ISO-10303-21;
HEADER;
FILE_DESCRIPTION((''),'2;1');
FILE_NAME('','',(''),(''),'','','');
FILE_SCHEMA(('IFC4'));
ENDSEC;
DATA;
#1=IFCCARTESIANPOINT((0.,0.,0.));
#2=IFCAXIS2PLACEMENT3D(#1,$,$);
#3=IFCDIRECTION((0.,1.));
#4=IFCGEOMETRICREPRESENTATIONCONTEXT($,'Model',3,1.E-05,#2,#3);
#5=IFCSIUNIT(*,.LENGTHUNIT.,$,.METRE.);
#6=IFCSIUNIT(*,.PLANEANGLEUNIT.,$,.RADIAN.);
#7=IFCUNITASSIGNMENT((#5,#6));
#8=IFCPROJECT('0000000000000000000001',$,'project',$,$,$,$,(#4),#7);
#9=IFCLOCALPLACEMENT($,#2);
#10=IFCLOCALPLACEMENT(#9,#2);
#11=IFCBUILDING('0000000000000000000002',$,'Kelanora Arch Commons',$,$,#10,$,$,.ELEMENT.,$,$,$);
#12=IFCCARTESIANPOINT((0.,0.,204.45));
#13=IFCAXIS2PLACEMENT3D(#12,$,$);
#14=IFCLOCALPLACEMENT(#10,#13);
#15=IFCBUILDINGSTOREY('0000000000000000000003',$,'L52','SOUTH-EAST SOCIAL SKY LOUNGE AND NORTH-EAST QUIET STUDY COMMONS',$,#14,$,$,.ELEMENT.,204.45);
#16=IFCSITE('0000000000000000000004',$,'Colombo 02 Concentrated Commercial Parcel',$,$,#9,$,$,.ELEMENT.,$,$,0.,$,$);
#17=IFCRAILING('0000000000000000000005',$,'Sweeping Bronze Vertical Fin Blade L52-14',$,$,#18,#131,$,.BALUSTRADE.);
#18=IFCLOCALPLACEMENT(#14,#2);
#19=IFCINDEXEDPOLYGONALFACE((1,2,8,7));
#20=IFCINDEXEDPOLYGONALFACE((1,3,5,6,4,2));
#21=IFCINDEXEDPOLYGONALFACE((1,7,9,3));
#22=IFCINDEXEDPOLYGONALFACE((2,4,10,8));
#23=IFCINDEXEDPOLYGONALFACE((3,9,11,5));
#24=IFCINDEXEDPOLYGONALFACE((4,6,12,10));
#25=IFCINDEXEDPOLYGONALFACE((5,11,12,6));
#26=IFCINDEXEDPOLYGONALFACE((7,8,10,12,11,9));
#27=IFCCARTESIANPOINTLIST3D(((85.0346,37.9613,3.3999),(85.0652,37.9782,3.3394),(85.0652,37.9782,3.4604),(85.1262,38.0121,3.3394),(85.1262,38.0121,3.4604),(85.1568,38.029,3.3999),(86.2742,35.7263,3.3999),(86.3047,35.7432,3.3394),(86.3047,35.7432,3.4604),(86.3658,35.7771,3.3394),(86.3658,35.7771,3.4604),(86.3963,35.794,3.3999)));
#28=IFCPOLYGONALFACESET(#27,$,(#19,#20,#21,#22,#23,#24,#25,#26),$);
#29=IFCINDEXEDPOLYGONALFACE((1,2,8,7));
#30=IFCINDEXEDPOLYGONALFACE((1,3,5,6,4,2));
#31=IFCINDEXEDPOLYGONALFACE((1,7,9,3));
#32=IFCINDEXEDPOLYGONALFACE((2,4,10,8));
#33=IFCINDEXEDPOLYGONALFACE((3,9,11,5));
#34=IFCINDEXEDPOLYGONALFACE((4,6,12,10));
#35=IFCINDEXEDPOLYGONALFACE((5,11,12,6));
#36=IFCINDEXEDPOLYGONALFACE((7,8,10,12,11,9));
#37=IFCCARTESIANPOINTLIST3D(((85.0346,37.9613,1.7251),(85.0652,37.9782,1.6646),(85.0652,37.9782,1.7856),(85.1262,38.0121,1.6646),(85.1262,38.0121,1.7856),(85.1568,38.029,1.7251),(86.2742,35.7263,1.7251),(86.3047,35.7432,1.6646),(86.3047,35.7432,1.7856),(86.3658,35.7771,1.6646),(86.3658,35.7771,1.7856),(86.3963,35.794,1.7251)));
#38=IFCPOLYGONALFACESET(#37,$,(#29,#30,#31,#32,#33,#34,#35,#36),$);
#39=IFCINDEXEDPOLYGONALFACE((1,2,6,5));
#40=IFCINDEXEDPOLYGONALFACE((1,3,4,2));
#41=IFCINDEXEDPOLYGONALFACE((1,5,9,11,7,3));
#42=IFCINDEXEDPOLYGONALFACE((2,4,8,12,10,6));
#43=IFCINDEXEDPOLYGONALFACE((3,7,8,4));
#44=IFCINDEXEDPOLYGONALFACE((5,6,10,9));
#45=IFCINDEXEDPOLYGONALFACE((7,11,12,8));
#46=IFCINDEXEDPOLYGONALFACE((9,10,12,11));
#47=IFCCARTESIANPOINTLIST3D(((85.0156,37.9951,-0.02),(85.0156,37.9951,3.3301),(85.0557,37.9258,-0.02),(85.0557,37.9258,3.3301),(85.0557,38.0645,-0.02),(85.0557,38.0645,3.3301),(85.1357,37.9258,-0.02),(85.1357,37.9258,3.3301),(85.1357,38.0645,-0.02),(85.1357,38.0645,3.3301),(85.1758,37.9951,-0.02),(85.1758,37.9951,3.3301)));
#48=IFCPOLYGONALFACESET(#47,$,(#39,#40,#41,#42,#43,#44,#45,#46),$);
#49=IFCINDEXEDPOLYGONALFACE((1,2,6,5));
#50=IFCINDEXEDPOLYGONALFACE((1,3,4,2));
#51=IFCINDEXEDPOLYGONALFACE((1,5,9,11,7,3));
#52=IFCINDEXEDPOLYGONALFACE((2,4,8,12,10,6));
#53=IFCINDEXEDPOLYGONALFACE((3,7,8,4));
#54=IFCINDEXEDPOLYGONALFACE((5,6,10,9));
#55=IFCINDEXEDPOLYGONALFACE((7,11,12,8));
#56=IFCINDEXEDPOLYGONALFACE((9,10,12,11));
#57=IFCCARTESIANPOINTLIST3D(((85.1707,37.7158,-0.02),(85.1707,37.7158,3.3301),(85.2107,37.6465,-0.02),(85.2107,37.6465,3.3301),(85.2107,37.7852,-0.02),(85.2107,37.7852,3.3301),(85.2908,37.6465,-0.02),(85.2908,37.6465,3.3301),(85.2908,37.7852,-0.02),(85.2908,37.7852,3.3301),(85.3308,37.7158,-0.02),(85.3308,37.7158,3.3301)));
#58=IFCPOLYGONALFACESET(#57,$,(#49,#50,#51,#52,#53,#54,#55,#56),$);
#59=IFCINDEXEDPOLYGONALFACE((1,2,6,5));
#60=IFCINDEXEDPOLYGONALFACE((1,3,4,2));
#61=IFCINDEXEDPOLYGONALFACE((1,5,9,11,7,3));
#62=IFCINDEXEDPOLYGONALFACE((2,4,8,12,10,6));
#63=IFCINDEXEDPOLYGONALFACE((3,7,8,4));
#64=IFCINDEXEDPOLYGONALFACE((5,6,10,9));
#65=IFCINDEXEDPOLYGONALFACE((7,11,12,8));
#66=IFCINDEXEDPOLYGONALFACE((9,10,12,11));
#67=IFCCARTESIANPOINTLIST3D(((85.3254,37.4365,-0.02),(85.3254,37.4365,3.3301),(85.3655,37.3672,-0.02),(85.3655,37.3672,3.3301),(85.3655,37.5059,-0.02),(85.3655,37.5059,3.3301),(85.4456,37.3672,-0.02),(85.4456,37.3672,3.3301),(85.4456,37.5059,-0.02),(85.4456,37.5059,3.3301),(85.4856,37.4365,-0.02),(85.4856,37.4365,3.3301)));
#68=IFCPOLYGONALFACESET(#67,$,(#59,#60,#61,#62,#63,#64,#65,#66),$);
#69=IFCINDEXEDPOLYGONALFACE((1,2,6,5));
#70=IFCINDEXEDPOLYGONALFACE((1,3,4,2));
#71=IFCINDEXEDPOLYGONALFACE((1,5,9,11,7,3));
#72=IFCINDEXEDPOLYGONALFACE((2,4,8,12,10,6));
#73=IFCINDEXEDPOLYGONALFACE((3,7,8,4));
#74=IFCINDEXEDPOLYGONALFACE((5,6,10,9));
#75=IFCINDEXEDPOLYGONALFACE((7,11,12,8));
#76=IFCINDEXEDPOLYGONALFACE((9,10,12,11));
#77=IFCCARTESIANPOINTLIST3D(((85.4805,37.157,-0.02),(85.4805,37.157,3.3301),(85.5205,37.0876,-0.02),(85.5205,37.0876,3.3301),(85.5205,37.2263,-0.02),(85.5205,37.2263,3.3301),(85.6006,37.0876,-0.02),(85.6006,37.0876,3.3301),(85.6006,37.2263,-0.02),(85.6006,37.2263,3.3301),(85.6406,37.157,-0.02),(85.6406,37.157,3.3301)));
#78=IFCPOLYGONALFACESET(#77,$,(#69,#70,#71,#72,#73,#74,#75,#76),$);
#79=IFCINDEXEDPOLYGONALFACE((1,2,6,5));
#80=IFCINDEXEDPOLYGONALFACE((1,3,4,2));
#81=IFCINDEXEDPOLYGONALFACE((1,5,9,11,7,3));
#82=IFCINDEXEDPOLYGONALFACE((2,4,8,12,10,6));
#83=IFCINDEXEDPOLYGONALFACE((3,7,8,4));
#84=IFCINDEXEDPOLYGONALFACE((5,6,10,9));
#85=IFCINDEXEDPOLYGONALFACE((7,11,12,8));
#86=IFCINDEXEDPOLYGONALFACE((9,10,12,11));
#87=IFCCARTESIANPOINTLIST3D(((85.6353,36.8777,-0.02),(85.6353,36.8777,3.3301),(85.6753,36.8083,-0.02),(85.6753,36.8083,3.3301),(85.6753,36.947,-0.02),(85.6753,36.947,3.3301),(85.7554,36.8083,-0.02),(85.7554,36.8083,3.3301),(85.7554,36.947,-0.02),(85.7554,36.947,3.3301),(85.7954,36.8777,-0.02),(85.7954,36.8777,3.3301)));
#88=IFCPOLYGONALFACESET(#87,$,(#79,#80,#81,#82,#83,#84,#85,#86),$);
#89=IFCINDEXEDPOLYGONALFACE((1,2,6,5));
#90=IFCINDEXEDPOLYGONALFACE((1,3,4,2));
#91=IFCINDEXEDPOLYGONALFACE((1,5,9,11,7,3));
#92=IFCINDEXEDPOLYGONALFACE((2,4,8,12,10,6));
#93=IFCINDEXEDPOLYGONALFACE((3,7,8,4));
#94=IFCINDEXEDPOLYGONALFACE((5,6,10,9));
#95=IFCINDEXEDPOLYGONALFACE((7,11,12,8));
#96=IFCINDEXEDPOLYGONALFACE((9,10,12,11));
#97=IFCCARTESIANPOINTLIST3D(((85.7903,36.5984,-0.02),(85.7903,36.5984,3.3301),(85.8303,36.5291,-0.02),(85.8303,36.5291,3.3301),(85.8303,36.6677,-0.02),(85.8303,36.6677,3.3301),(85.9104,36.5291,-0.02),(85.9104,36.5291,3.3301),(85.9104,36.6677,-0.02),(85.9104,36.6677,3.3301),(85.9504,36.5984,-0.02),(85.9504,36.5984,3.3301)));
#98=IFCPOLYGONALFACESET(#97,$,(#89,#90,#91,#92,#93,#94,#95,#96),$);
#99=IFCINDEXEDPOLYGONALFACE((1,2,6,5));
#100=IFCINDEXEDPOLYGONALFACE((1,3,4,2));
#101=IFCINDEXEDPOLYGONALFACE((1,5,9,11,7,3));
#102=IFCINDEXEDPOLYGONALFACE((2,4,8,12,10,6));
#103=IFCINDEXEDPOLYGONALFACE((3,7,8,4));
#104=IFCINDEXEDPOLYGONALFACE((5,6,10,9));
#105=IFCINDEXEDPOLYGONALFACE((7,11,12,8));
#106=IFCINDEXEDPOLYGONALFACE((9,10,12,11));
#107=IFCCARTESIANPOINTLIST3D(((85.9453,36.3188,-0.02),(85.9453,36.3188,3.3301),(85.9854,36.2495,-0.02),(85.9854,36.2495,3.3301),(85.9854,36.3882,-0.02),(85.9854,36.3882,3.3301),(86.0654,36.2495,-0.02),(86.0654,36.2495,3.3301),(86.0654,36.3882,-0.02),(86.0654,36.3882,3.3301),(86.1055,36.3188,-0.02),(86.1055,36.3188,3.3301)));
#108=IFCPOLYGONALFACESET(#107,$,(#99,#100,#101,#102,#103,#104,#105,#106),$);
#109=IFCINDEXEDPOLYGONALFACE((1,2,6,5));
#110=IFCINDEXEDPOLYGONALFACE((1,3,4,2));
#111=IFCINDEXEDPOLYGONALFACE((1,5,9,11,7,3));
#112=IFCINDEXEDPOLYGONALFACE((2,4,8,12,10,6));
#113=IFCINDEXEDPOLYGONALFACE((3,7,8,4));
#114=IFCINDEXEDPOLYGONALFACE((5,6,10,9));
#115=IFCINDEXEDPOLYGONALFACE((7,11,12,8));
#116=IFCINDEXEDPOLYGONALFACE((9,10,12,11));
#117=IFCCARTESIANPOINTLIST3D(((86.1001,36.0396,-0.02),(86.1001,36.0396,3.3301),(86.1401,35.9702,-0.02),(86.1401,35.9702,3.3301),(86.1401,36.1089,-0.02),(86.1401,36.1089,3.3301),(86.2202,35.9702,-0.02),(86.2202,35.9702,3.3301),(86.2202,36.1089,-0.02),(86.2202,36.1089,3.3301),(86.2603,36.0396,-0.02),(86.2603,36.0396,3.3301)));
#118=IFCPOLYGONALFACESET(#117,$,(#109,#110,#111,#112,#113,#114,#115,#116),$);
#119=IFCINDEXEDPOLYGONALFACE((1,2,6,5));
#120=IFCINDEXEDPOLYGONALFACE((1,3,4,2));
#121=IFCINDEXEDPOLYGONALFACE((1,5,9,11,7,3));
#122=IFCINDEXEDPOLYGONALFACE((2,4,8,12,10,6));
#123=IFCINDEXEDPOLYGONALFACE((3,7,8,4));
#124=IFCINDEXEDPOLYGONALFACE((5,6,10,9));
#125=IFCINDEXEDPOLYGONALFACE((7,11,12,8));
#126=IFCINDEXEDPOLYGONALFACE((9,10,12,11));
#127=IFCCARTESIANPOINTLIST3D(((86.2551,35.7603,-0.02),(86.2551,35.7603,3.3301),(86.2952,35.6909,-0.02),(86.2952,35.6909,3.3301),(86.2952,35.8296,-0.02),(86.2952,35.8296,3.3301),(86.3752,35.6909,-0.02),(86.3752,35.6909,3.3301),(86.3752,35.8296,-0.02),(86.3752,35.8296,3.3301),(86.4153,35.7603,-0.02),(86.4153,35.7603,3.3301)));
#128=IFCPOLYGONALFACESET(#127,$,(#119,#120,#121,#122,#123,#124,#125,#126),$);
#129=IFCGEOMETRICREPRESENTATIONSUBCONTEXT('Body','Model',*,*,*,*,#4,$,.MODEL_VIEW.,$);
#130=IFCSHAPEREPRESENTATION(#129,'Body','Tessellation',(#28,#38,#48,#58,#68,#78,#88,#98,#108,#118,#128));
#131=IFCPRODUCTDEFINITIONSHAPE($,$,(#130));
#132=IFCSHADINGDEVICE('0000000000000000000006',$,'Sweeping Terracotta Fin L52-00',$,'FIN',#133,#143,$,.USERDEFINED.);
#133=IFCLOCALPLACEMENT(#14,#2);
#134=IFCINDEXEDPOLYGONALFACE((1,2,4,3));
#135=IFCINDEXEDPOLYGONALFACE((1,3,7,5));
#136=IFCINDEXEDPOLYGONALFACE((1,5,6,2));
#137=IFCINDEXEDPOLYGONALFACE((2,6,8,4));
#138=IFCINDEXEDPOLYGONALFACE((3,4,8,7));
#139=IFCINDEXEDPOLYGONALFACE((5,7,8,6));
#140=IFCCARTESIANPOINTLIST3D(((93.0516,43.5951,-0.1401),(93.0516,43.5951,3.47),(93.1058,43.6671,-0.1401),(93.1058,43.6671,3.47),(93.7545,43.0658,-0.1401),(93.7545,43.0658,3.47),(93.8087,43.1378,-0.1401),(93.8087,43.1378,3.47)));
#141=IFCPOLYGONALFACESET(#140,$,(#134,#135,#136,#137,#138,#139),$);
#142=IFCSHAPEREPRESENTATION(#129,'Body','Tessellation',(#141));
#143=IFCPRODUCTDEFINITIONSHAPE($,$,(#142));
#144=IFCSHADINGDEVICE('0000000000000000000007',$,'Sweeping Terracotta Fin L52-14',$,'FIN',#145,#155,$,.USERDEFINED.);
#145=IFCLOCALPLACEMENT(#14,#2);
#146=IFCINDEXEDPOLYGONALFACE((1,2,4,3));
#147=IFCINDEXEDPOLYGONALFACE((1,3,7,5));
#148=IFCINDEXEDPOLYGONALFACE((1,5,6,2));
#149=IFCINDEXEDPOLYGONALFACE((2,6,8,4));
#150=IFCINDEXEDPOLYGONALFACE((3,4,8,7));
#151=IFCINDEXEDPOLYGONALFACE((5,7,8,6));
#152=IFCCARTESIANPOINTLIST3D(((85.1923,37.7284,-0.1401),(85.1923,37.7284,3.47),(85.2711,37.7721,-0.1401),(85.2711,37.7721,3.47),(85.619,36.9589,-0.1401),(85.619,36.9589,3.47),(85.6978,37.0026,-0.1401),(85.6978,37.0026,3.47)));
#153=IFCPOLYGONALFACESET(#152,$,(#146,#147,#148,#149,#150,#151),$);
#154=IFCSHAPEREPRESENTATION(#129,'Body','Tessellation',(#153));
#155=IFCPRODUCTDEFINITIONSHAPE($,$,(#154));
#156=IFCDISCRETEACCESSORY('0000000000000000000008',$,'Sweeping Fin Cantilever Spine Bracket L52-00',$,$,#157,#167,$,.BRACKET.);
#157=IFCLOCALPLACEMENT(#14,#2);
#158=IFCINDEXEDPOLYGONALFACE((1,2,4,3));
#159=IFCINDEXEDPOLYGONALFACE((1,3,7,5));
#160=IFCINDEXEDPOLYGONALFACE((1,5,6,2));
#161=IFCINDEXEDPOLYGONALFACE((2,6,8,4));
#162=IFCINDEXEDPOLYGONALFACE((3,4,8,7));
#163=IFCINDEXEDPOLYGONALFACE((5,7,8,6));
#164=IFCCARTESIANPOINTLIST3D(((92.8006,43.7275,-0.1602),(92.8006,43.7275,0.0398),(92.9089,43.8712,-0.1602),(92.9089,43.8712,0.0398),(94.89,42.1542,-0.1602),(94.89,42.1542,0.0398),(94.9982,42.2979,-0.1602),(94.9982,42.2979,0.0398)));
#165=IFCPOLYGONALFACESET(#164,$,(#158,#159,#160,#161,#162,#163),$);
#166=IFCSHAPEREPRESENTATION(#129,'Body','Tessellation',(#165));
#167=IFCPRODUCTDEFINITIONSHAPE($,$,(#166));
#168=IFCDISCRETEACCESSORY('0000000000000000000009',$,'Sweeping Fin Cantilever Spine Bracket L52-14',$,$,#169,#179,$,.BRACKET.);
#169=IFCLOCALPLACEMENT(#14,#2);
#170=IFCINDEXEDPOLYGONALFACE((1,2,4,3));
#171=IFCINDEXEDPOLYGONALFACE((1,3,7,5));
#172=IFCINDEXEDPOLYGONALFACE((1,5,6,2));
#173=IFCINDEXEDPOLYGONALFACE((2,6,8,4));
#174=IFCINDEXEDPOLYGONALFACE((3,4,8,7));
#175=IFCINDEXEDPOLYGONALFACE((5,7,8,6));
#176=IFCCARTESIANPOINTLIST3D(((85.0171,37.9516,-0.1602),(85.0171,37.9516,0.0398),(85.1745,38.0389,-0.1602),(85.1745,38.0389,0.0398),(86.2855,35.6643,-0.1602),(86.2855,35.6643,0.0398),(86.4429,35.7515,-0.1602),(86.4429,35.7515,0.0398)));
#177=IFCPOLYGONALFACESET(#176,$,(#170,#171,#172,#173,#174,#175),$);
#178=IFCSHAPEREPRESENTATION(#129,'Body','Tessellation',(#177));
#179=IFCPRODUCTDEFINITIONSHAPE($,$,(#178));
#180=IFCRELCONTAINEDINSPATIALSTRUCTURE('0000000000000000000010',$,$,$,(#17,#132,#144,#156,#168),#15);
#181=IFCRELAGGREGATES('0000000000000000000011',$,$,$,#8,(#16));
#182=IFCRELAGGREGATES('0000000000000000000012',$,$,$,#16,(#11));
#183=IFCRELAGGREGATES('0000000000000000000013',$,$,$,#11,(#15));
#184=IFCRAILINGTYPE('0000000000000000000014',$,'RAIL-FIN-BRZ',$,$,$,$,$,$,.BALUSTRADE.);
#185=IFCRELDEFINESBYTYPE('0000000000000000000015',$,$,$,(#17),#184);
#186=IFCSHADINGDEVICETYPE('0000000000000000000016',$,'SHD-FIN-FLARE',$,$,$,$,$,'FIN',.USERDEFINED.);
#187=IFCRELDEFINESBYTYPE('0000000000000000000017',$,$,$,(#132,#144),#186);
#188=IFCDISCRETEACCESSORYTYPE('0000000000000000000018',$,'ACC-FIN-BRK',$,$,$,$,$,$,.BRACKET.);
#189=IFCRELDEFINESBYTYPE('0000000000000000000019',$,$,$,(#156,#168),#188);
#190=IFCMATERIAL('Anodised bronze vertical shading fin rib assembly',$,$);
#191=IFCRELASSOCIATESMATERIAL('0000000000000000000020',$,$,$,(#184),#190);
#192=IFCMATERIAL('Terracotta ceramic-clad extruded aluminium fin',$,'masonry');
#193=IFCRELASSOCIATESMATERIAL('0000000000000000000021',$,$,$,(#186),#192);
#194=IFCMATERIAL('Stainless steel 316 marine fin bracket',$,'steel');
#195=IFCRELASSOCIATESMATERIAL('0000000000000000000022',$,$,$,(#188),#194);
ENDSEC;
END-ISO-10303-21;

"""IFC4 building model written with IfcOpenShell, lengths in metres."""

from ifc_helpers import new_model, si_unit, direction, frame, origin, origin_2d, place, context, subcontext, project, spatial, polyline, rectangle, outline, extrude, source, transform, mapped, material, type_object, element, save


model = new_model("IFC4")

# Units and contexts
model_context = context("Model", 3, precision=1e-05, world=origin(), true_north=direction((0.0, 1.0)))
body_context = subcontext(model_context, "Body", "Model", "MODEL_VIEW")
ifc_project = project(units=[si_unit("LENGTHUNIT", "METRE"), si_unit("PLANEANGLEUNIT", "RADIAN")], contexts=[model_context])

# Site, building, storey
site_placement = place(None, origin())
site = spatial("IfcSite", under=ifc_project, at=site_placement, Name="Colombo 02 Concentrated Commercial Parcel", CompositionType="ELEMENT", RefElevation=0.0)
building_placement = place(site_placement, origin())
building = spatial("IfcBuilding", under=site, at=building_placement, Name="Kelanora Arch Commons", CompositionType="ELEMENT")
storey_placement = place(building_placement, frame((0.0, 0.0, 204.45)))
storey = spatial("IfcBuildingStorey", under=building, at=storey_placement, Name="L52", Description="SOUTH-EAST SOCIAL SKY LOUNGE AND NORTH-EAST QUIET STUDY COMMONS", CompositionType="ELEMENT", Elevation=204.45)

# Railing
ifc_material_1 = material(Name="Anodised bronze vertical shading fin rib assembly")
railing_type = type_object("IfcRailingType", Name="RAIL-FIN-BRZ", PredefinedType="BALUSTRADE", material=ifc_material_1)
railing_1_placement = place(storey_placement, frame((85.0957, 37.9951, -0.02)))
element("IfcRailing", 1, at=railing_1_placement, inside=storey, type_object=railing_type, Name="Sweeping Bronze Vertical Fin Blade L52-14", PredefinedType="BALUSTRADE", context=body_context, shape_type="SweptSolid", body=[
    extrude(outline(polyline([(0.0698, 0.0), (0.0349, 0.0605), (-0.0349, 0.0605), (-0.0698, 0.0), (-0.0349, -0.0605), (0.0349, -0.0605), (0.0698, 0.0)])), frame((0.0, 0.0, 3.4199), z_axis=(0.485018, -0.874504, 0.0), x_axis=(0.874504, 0.485018, 0.0)), (0.0, 0.0, 1.0), 2.5557),
    extrude(outline(polyline([(0.0698, 0.0), (0.0349, 0.0605), (-0.0349, 0.0605), (-0.0698, 0.0), (-0.0349, -0.0605), (0.0349, -0.0605), (0.0698, 0.0)])), frame((0.0, 0.0, 1.7451), z_axis=(0.485018, -0.874504, 0.0), x_axis=(0.874504, 0.485018, 0.0)), (0.0, 0.0, 1.0), 2.5557),
    extrude(outline(polyline([(0.0801, 0.0), (0.04, 0.0693), (-0.04, 0.0693), (-0.0801, 0.0), (-0.04, -0.0693), (0.04, -0.0693), (0.0801, 0.0)])), origin(), (0.0, 0.0, 1.0), 3.3501),
    extrude(outline(polyline([(0.0801, 0.0), (0.04, 0.0693), (-0.04, 0.0693), (-0.0801, 0.0), (-0.04, -0.0693), (0.04, -0.0693), (0.0801, 0.0)])), frame((0.155, -0.2793, 0.0)), (0.0, 0.0, 1.0), 3.3501),
    extrude(outline(polyline([(0.0801, 0.0), (0.04, 0.0693), (-0.04, 0.0693), (-0.0801, 0.0), (-0.04, -0.0693), (0.04, -0.0693), (0.0801, 0.0)])), frame((0.3098, -0.5586, 0.0)), (0.0, 0.0, 1.0), 3.3501),
    extrude(outline(polyline([(0.0801, 0.0), (0.04, 0.0693), (-0.04, 0.0693), (-0.0801, 0.0), (-0.04, -0.0693), (0.04, -0.0693), (0.0801, 0.0)])), frame((0.4648, -0.8381, 0.0)), (0.0, 0.0, 1.0), 3.3501),
    extrude(outline(polyline([(0.0801, 0.0), (0.04, 0.0693), (-0.04, 0.0693), (-0.0801, 0.0), (-0.04, -0.0693), (0.04, -0.0693), (0.0801, 0.0)])), frame((0.6196, -1.1174, 0.0)), (0.0, 0.0, 1.0), 3.3501),
    extrude(outline(polyline([(0.0801, 0.0), (0.04, 0.0693), (-0.04, 0.0693), (-0.0801, 0.0), (-0.04, -0.0693), (0.04, -0.0693), (0.0801, 0.0)])), frame((0.7747, -1.3967, 0.0)), (0.0, 0.0, 1.0), 3.3501),
    extrude(outline(polyline([(0.0801, 0.0), (0.04, 0.0693), (-0.04, 0.0693), (-0.0801, 0.0), (-0.04, -0.0693), (0.04, -0.0693), (0.0801, 0.0)])), frame((0.9297, -1.6763, 0.0)), (0.0, 0.0, 1.0), 3.3501),
    extrude(outline(polyline([(0.0801, 0.0), (0.04, 0.0693), (-0.04, 0.0693), (-0.0801, 0.0), (-0.04, -0.0693), (0.04, -0.0693), (0.0801, 0.0)])), frame((1.0845, -1.9556, 0.0)), (0.0, 0.0, 1.0), 3.3501),
    extrude(outline(polyline([(0.0801, 0.0), (0.04, 0.0693), (-0.04, 0.0693), (-0.0801, 0.0), (-0.04, -0.0693), (0.04, -0.0693), (0.0801, 0.0)])), frame((1.2395, -2.2349, 0.0)), (0.0, 0.0, 1.0), 3.3501),
])

# Shading devices
ifc_material_2 = material(Name="Terracotta ceramic-clad extruded aluminium fin", Category="masonry")
shading_device_type = type_object("IfcShadingDeviceType", Name="SHD-FIN-FLARE", ElementType="FIN", PredefinedType="USERDEFINED", material=ifc_material_2)
shared_shape_1 = source(origin(), body_context, "Body", "SweptSolid", [
    extrude(rectangle(XDim=0.8799, YDim=0.0901, at=origin_2d()), origin(), (0.0, 0.0, 1.0), 3.6101),
])
for number, where, z_axis, x_axis, name in (
    (2, (93.4302, 43.3665, -0.1401), (0.0, 0.0, 1.0), (0.798846, -0.601536, 0.0), "Sweeping Terracotta Fin L52-00"),
    (3, (85.4451, 37.3655, -0.1401), (0.0, 0.0, 1.0), (0.484962, -0.874535, 0.0), "Sweeping Terracotta Fin L52-14"),
):
    element("IfcShadingDevice", number, at=place(storey_placement, frame(where, z_axis=z_axis, x_axis=x_axis)), inside=storey, type_object=shading_device_type, Name=name, ObjectType="FIN", PredefinedType="USERDEFINED", context=body_context, shape_type="MappedRepresentation", body=[
        mapped(shared_shape_1, transform((0.0, 0.0, 0.0), scale=1.0)),
    ])

# Discrete accessories
ifc_material_3 = material(Name="Stainless steel 316 marine fin bracket", Category="steel")
discrete_accessory_type = type_object("IfcDiscreteAccessoryType", Name="ACC-FIN-BRK", PredefinedType="BRACKET", material=ifc_material_3)
shared_shape_2 = source(origin(), body_context, "Body", "SweptSolid", [
    extrude(rectangle(XDim=2.6155, YDim=0.1799, at=origin_2d()), origin(), (0.0, 0.0, 1.0), 0.2),
])
for number, where, z_axis, x_axis, name in (
    (4, (93.8994, 43.0127, -0.1602), (0.0, 0.0, 1.0), (0.798846, -0.601536, 0.0), "Sweeping Fin Cantilever Spine Bracket L52-00"),
    (5, (85.73, 36.8516, -0.1602), (0.0, 0.0, 1.0), (0.484962, -0.874535, 0.0), "Sweeping Fin Cantilever Spine Bracket L52-14"),
):
    element("IfcDiscreteAccessory", number, at=place(storey_placement, frame(where, z_axis=z_axis, x_axis=x_axis)), inside=storey, type_object=discrete_accessory_type, Name=name, PredefinedType="BRACKET", context=body_context, shape_type="MappedRepresentation", body=[
        mapped(shared_shape_2, transform((0.0, 0.0, 0.0), scale=1.0)),
    ])

save(model, "model.ifc")
